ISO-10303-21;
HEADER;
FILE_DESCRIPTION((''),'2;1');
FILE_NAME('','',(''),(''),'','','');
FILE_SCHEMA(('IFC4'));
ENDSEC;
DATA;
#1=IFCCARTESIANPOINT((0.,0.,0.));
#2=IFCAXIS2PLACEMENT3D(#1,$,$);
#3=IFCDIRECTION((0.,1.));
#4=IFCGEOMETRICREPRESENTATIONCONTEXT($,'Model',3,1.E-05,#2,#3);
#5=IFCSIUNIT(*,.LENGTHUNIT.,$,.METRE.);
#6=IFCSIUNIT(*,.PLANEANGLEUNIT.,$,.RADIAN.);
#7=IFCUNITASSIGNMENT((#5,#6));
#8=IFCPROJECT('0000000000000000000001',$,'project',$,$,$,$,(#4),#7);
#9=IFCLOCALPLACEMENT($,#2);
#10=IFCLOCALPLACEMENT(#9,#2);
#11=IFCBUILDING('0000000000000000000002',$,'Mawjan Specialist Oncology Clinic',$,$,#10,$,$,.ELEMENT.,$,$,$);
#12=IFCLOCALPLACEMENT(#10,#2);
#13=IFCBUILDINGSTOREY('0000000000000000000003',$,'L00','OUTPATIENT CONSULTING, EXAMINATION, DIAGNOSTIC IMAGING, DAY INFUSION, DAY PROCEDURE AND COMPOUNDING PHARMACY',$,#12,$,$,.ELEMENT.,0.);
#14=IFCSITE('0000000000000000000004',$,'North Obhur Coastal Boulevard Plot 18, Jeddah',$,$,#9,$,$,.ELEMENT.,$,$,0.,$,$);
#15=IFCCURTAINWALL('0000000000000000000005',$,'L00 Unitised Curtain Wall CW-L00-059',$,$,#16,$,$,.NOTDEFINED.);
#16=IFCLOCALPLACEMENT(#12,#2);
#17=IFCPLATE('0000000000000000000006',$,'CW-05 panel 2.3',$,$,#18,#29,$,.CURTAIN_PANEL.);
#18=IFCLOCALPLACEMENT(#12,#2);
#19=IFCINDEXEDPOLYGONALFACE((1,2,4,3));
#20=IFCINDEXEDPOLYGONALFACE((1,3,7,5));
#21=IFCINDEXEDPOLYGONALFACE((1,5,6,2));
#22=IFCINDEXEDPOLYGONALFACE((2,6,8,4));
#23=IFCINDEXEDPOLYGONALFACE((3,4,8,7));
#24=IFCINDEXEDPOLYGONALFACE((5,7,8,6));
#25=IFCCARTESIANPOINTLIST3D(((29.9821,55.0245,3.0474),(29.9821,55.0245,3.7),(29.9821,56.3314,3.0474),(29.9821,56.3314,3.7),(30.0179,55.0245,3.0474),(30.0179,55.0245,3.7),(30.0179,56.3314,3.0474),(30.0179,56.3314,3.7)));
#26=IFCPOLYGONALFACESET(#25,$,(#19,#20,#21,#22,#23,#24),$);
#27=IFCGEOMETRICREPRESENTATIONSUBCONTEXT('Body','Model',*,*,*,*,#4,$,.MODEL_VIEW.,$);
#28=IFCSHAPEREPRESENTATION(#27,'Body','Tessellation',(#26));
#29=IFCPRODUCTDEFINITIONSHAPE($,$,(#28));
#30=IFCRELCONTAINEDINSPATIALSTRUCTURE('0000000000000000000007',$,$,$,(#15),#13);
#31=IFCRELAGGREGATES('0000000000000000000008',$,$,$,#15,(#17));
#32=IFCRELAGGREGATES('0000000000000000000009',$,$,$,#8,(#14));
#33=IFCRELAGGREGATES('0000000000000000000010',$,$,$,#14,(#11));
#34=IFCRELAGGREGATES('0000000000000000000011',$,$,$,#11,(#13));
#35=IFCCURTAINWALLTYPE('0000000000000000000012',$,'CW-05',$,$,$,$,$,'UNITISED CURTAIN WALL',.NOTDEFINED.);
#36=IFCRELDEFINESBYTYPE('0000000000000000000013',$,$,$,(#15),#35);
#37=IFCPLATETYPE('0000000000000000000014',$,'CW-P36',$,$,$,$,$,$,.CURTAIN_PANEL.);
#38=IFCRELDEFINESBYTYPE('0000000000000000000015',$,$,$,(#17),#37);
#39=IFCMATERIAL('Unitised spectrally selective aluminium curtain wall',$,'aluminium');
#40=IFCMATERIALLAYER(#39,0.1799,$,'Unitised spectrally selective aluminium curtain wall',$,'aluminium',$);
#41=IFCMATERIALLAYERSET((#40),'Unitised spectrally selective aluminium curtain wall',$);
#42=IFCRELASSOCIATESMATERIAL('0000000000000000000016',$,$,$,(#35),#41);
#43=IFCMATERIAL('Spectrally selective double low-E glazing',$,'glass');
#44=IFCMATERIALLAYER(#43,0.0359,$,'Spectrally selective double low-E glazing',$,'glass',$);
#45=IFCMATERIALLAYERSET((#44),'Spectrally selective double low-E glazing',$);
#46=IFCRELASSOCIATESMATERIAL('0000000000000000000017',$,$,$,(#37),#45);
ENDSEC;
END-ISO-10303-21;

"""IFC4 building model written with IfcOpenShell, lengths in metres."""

from ifc_helpers import new_model, si_unit, direction, frame, origin, origin_2d, place, context, subcontext, project, spatial, rectangle, extrude, material, layer, layer_set, type_object, element, aggregate, save


model = new_model("IFC4")

# Units and contexts
model_context = context("Model", 3, precision=1e-05, world=origin(), true_north=direction((0.0, 1.0)))
body_context = subcontext(model_context, "Body", "Model", "MODEL_VIEW")
ifc_project = project(units=[si_unit("LENGTHUNIT", "METRE"), si_unit("PLANEANGLEUNIT", "RADIAN")], contexts=[model_context])

# Site, building, storey
site_placement = place(None, origin())
site = spatial("IfcSite", under=ifc_project, at=site_placement, Name="North Obhur Coastal Boulevard Plot 18, Jeddah", CompositionType="ELEMENT", RefElevation=0.0)
building_placement = place(site_placement, origin())
building = spatial("IfcBuilding", under=site, at=building_placement, Name="Mawjan Specialist Oncology Clinic", CompositionType="ELEMENT")
storey_placement = place(building_placement, origin())
storey = spatial("IfcBuildingStorey", under=building, at=storey_placement, Name="L00", Description="OUTPATIENT CONSULTING, EXAMINATION, DIAGNOSTIC IMAGING, DAY INFUSION, DAY PROCEDURE AND COMPOUNDING PHARMACY", CompositionType="ELEMENT", Elevation=0.0)

# Curtain wall, plate
ifc_material_1 = material(Name="Unitised spectrally selective aluminium curtain wall", Category="aluminium")
ifc_layer_1 = layer(ifc_material_1, 0.1799, Name="Unitised spectrally selective aluminium curtain wall", Category="aluminium")
ifc_layer_set_1 = layer_set([ifc_layer_1], Name="Unitised spectrally selective aluminium curtain wall")
curtain_wall_type = type_object("IfcCurtainWallType", Name="CW-05", ElementType="UNITISED CURTAIN WALL", PredefinedType="NOTDEFINED", material=ifc_layer_set_1)
curtain_wall_placement = place(storey_placement, origin())
curtain_wall = element("IfcCurtainWall", 1, at=curtain_wall_placement, inside=storey, type_object=curtain_wall_type, Name="L00 Unitised Curtain Wall CW-L00-059", PredefinedType="NOTDEFINED")
ifc_material_2 = material(Name="Spectrally selective double low-E glazing", Category="glass")
ifc_layer_2 = layer(ifc_material_2, 0.0359, Name="Spectrally selective double low-E glazing", Category="glass")
ifc_layer_set_2 = layer_set([ifc_layer_2], Name="Spectrally selective double low-E glazing")
plate_type = type_object("IfcPlateType", Name="CW-P36", PredefinedType="CURTAIN_PANEL", material=ifc_layer_set_2)
plate_1_placement = place(storey_placement, frame((30.0, 55.678, 3.0474), z_axis=(0.0, 0.0, 1.0), x_axis=(0.0, 1.0, 0.0)))
plate_1 = element("IfcPlate", 2, at=plate_1_placement, type_object=plate_type, Name="CW-05 panel 2.3", PredefinedType="CURTAIN_PANEL", context=body_context, shape_type="SweptSolid", body=[
    extrude(rectangle(XDim=1.3069, YDim=0.0359, at=origin_2d()), origin(), (0.0, 0.0, 1.0), 0.6526),
])
aggregate(curtain_wall, [plate_1])

save(model, "model.ifc")
